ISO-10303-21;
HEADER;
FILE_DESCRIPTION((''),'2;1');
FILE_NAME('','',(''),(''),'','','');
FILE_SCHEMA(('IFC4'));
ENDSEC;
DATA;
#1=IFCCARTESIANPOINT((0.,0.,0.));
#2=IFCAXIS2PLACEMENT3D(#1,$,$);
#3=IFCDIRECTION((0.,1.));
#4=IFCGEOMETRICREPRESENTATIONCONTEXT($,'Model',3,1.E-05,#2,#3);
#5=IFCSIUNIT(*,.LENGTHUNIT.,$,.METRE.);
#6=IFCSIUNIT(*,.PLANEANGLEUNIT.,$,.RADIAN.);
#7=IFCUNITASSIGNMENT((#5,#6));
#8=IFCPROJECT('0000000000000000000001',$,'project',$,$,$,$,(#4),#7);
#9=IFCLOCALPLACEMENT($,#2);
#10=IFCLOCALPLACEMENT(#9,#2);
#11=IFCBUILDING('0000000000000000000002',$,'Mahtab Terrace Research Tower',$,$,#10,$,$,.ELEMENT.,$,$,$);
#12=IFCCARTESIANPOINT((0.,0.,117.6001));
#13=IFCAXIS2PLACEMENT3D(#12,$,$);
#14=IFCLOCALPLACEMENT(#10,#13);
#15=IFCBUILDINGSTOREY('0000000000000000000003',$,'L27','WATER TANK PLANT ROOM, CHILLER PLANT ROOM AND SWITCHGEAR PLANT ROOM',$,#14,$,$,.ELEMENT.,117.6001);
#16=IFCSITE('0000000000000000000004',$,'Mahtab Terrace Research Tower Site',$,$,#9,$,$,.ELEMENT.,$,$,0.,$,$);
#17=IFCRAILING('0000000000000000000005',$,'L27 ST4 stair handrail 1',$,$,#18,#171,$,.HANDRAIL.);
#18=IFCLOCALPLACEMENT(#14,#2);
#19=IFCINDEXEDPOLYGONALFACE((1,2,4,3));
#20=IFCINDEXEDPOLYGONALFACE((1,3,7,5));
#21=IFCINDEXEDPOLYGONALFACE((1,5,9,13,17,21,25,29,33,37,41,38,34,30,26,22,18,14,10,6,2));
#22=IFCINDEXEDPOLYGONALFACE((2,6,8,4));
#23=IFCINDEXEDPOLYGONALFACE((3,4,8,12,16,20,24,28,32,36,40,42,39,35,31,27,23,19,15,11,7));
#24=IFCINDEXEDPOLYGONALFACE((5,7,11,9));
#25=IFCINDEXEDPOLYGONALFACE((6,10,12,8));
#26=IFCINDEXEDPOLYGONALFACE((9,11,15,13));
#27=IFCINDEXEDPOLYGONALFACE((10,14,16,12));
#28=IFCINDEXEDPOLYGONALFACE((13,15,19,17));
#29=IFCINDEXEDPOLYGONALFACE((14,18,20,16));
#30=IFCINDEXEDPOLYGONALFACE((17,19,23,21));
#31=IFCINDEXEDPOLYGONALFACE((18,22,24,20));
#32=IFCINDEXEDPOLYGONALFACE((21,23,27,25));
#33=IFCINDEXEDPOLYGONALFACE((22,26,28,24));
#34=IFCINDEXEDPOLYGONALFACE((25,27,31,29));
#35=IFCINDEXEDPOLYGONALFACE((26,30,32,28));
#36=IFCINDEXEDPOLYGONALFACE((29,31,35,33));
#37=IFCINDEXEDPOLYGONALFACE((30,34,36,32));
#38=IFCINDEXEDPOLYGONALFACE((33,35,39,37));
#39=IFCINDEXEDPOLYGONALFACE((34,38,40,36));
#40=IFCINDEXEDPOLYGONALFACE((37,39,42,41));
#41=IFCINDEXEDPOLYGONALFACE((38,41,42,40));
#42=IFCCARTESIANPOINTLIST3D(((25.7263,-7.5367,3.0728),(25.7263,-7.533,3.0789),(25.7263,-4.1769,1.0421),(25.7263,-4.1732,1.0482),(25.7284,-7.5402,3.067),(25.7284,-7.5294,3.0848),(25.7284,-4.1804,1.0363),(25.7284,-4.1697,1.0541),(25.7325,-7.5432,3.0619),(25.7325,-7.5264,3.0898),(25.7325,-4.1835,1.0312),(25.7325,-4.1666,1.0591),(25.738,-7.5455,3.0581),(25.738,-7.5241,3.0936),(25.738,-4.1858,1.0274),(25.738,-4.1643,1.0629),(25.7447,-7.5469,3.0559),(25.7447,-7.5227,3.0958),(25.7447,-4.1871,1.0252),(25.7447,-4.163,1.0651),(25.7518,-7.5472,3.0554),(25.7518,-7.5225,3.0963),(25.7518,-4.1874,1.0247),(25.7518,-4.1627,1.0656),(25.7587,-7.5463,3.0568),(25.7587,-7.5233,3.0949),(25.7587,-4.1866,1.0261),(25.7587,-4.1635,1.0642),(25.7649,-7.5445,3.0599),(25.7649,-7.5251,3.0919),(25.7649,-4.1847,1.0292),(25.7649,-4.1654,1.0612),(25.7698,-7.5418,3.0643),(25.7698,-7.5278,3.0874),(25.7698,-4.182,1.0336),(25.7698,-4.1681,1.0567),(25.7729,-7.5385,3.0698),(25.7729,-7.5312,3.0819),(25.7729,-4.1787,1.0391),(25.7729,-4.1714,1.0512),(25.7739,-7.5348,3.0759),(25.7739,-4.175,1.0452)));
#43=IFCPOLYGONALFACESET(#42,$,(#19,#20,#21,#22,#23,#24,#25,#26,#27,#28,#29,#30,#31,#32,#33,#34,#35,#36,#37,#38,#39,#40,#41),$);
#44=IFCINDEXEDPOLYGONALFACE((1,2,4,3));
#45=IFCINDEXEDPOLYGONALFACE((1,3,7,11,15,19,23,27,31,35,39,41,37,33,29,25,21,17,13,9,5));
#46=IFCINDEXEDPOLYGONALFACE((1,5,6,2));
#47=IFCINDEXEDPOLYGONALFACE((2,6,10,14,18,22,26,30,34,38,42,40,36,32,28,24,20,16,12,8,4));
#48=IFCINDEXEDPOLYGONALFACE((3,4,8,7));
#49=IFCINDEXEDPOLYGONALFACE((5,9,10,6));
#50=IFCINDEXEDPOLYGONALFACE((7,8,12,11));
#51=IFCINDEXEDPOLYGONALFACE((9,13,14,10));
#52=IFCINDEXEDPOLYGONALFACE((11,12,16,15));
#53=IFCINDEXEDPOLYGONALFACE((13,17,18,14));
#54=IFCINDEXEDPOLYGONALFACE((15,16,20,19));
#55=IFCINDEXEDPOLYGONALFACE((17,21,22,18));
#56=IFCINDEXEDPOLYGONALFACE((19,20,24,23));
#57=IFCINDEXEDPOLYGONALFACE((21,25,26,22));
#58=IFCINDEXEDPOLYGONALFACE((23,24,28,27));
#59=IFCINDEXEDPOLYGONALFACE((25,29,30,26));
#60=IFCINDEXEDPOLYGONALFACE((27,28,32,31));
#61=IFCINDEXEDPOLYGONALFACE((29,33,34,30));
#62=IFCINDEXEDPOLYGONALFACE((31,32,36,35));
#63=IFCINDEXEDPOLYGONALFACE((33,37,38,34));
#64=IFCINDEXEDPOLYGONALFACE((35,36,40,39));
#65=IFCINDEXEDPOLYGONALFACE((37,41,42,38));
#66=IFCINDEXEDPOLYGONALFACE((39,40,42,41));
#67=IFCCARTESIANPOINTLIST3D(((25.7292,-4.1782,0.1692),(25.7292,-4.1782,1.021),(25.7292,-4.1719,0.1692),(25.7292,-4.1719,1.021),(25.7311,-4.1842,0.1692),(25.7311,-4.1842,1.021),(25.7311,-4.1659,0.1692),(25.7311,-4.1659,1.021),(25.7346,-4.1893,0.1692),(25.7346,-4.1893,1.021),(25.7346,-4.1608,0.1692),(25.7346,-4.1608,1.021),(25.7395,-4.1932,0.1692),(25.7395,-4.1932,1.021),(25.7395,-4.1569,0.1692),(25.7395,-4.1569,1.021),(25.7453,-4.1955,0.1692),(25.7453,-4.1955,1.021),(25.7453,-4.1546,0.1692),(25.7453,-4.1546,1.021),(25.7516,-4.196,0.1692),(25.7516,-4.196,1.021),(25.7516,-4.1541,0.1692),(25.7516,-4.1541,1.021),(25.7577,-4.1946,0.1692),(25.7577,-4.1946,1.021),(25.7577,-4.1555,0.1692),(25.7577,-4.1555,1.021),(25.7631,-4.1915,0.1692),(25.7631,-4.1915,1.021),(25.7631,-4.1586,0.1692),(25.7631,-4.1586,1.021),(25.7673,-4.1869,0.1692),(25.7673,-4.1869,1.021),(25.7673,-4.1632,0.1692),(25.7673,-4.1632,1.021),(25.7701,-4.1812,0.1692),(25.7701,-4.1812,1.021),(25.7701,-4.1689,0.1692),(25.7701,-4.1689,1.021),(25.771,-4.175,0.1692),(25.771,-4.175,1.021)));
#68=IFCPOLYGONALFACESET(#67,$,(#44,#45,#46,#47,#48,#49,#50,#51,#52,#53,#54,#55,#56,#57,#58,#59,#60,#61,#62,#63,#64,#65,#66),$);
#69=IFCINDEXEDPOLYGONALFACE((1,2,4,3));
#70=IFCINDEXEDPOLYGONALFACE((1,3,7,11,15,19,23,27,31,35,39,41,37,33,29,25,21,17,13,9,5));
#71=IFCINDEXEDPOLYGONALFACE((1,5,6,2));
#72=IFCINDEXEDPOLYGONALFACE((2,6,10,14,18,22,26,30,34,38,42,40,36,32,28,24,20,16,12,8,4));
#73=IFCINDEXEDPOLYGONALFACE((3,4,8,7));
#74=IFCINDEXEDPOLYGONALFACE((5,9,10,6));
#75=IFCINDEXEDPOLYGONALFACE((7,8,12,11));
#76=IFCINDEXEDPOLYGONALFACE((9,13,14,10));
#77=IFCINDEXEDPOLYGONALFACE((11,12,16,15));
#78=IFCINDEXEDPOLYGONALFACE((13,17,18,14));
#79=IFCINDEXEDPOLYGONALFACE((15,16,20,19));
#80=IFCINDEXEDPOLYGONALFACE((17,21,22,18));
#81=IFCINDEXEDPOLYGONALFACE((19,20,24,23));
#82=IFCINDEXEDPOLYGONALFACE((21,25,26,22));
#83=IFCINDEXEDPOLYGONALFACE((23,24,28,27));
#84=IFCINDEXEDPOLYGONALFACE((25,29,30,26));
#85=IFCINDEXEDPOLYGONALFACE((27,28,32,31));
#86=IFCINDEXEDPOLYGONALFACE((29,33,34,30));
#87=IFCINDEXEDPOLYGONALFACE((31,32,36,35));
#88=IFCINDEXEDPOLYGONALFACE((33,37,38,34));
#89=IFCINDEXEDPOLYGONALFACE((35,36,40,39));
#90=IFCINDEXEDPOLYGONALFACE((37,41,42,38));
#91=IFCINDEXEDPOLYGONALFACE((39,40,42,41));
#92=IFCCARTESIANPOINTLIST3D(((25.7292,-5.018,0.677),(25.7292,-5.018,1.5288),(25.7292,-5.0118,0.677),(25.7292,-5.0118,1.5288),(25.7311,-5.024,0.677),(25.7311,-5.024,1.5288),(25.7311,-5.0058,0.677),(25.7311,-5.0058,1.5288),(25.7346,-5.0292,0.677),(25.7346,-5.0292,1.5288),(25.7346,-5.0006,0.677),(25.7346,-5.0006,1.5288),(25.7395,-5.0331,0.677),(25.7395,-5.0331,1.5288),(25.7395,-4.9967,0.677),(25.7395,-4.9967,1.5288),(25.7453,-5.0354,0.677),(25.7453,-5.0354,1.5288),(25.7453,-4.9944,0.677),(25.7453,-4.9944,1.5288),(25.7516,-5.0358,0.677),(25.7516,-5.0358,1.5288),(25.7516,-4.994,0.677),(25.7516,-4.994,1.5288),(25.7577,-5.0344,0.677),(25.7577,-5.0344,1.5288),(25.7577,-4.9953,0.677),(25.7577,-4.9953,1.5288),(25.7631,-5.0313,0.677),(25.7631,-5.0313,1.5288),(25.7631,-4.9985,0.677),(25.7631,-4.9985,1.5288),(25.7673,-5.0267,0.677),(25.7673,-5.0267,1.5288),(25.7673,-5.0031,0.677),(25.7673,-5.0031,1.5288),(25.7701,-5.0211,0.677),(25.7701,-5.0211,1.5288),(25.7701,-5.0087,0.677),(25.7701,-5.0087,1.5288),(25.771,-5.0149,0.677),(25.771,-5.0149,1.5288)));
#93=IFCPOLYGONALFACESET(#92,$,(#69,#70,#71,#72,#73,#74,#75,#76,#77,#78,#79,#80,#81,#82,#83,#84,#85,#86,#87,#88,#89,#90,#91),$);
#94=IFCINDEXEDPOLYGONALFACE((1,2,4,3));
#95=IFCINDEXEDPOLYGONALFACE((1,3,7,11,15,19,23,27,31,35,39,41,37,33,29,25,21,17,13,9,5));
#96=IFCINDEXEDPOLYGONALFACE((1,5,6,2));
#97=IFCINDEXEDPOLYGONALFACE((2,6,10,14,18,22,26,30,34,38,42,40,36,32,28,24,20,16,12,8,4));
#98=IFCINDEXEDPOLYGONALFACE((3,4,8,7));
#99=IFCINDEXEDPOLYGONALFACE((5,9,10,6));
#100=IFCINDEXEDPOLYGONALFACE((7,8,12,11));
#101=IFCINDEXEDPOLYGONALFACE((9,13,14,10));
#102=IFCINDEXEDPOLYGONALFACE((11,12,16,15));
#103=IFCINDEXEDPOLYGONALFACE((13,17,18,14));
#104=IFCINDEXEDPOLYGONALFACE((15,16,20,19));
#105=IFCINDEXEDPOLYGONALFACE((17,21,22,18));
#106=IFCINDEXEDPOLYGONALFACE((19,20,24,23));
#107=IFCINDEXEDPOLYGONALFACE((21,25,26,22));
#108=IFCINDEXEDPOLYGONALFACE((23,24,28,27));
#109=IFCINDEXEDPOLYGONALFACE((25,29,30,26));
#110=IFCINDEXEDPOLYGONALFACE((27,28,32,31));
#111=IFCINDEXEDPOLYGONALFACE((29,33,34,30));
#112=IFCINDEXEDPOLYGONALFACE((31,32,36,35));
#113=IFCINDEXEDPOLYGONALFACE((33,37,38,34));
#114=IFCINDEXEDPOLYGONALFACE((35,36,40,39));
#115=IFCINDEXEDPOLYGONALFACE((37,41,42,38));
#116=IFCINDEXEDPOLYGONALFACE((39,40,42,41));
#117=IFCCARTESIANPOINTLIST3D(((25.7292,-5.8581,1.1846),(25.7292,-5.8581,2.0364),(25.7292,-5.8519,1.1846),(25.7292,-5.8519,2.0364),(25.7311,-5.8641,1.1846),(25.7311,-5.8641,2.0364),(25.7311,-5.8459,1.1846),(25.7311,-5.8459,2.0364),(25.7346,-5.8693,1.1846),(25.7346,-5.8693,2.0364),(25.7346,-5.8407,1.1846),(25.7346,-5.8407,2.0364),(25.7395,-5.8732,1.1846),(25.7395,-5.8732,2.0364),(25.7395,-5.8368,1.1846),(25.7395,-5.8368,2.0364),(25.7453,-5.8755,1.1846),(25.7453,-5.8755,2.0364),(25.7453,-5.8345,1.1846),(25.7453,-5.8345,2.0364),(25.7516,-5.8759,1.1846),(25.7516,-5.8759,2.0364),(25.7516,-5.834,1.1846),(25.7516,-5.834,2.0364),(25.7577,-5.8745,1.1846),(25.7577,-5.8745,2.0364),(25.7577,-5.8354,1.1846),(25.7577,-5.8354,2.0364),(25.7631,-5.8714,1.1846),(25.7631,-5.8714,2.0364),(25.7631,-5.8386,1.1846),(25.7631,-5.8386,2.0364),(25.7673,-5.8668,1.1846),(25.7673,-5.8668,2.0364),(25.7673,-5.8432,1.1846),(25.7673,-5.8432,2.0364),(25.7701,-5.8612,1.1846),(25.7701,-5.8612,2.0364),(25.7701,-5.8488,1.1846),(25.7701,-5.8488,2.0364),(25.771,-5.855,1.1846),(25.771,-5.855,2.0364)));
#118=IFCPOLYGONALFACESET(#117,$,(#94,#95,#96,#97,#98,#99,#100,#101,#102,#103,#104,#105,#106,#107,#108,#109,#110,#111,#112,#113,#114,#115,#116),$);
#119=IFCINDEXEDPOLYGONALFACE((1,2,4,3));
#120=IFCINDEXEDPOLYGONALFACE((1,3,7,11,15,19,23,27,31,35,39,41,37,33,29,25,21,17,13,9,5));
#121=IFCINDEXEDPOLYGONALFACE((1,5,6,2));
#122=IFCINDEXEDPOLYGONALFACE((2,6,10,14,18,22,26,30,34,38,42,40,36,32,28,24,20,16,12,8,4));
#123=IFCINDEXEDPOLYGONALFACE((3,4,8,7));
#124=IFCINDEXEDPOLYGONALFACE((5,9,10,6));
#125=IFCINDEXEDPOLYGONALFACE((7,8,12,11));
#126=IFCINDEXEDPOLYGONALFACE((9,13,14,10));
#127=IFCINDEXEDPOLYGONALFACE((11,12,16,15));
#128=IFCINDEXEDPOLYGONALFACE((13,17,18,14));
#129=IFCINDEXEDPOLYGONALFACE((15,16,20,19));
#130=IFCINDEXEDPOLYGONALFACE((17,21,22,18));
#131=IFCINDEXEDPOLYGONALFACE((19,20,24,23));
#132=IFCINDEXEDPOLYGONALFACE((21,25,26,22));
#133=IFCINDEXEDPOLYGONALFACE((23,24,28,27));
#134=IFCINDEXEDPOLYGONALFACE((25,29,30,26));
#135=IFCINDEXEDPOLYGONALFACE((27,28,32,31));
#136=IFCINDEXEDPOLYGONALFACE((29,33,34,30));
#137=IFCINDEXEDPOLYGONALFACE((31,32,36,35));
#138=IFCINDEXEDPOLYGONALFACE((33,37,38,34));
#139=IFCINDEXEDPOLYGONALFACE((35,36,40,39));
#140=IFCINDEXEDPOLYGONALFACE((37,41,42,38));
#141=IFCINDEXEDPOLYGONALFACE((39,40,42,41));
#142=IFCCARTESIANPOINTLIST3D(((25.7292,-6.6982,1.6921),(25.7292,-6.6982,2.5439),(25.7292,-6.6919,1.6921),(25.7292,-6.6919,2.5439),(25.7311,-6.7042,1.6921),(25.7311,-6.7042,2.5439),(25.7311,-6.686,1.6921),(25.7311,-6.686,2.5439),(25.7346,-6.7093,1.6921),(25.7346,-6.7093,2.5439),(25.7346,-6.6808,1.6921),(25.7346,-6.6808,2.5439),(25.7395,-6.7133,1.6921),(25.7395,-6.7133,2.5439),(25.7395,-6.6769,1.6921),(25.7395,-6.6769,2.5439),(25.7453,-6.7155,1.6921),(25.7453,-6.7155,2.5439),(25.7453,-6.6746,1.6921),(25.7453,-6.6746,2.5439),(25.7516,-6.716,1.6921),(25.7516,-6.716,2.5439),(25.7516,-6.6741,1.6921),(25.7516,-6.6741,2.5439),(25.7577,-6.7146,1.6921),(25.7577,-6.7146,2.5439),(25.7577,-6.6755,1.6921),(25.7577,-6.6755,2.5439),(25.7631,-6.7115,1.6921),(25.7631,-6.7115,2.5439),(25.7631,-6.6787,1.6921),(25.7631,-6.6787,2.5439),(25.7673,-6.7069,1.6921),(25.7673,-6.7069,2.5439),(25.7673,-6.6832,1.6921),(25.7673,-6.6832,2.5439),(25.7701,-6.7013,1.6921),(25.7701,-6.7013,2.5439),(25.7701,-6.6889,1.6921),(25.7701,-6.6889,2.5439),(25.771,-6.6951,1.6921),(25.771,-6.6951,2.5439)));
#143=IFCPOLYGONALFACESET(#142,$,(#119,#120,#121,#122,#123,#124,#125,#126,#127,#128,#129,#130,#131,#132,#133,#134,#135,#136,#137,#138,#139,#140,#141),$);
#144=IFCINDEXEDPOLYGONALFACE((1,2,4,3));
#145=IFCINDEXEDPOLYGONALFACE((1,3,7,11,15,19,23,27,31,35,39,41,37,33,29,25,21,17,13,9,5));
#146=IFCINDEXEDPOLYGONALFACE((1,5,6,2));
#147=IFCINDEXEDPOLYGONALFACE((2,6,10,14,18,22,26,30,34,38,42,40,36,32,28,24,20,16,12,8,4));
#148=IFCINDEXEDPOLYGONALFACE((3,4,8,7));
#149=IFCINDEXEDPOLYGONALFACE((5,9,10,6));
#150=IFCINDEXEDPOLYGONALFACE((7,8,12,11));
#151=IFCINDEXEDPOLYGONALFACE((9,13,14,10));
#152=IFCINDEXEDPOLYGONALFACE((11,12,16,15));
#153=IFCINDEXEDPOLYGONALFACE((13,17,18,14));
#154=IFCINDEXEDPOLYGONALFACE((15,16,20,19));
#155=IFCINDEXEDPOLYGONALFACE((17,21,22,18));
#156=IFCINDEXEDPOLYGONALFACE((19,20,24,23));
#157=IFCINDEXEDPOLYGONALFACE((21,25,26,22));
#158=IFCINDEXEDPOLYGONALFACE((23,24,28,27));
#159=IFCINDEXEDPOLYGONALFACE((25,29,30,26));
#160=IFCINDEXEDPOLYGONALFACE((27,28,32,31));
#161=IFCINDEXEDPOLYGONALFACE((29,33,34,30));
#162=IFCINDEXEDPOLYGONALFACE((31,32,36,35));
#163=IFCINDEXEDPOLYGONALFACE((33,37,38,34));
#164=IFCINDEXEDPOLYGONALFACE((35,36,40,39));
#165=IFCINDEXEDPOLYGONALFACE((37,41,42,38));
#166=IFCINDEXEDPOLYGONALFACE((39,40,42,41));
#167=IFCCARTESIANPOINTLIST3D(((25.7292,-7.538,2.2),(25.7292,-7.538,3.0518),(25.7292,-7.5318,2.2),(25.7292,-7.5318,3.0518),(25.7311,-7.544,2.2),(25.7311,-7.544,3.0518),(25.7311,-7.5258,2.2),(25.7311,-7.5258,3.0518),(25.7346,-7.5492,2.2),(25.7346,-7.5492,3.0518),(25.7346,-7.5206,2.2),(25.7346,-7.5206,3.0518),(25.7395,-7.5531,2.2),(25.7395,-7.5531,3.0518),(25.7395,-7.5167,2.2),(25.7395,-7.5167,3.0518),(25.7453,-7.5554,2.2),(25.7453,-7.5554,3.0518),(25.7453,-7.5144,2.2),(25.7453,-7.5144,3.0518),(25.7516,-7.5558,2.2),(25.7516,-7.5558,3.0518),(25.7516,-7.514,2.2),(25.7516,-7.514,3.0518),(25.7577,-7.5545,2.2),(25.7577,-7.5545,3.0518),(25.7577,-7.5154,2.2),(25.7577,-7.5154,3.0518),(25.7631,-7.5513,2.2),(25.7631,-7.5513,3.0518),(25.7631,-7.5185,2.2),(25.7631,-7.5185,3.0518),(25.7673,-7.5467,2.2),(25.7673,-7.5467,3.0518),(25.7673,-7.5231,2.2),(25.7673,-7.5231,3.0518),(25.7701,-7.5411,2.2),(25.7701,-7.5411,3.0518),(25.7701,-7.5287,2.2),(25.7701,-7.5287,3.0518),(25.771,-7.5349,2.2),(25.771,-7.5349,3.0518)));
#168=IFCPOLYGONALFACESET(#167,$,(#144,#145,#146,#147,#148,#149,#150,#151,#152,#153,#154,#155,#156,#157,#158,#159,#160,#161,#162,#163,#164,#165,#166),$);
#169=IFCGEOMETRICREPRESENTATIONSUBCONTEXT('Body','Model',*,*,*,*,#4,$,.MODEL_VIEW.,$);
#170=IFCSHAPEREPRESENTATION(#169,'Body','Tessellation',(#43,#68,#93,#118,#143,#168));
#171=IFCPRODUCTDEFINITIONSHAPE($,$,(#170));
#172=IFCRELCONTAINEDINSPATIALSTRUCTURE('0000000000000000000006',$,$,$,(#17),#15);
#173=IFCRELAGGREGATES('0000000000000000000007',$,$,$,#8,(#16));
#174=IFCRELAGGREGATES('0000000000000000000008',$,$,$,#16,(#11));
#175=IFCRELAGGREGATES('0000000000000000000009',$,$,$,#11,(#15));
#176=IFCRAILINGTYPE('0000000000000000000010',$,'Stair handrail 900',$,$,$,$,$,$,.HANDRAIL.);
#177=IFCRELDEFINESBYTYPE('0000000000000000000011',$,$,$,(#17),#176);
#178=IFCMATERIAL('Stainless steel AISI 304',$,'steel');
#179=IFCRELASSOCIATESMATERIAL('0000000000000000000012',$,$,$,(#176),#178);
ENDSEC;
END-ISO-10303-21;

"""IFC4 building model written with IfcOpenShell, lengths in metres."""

from ifc_helpers import new_model, si_unit, direction, frame, origin, origin_2d, place, context, subcontext, project, spatial, circle, extrude, material, type_object, element, save


model = new_model("IFC4")

# Units and contexts
model_context = context("Model", 3, precision=1e-05, world=origin(), true_north=direction((0.0, 1.0)))
body_context = subcontext(model_context, "Body", "Model", "MODEL_VIEW")
ifc_project = project(units=[si_unit("LENGTHUNIT", "METRE"), si_unit("PLANEANGLEUNIT", "RADIAN")], contexts=[model_context])

# Site, building, storey
site_placement = place(None, origin())
site = spatial("IfcSite", under=ifc_project, at=site_placement, Name="Mahtab Terrace Research Tower Site", CompositionType="ELEMENT", RefElevation=0.0)
building_placement = place(site_placement, origin())
building = spatial("IfcBuilding", under=site, at=building_placement, Name="Mahtab Terrace Research Tower", CompositionType="ELEMENT")
storey_placement = place(building_placement, frame((0.0, 0.0, 117.6001)))
storey = spatial("IfcBuildingStorey", under=building, at=storey_placement, Name="L27", Description="WATER TANK PLANT ROOM, CHILLER PLANT ROOM AND SWITCHGEAR PLANT ROOM", CompositionType="ELEMENT", Elevation=117.6001)

# Railing
ifc_material_1 = material(Name="Stainless steel AISI 304", Category="steel")
railing_type_1 = type_object("IfcRailingType", Name="Stair handrail 900", PredefinedType="HANDRAIL", material=ifc_material_1)
railing_1_placement = place(storey_placement, frame((25.75, -4.175, 0.1692)))
element("IfcRailing", 1, at=railing_1_placement, inside=storey, type_object=railing_type_1, Name="L27 ST4 stair handrail 1", PredefinedType="HANDRAIL", context=body_context, shape_type="SweptSolid", body=[
    extrude(circle(Radius=0.0239, at=origin_2d()), frame((0.0, 0.0, 0.876), z_axis=(0.0, -0.85582, 0.517273), x_axis=(1.0, 0.0, 0.0)), (0.0, 0.0, 1.0), 3.9258),
    extrude(circle(Radius=0.021, at=origin_2d()), origin(), (0.0, 0.0, 1.0), 0.8518),
    extrude(circle(Radius=0.021, at=origin_2d()), frame((0.0, -0.8398, 0.5078)), (0.0, 0.0, 1.0), 0.8518),
    extrude(circle(Radius=0.021, at=origin_2d()), frame((0.0, -1.6799, 1.0154)), (0.0, 0.0, 1.0), 0.8518),
    extrude(circle(Radius=0.021, at=origin_2d()), frame((0.0, -2.52, 1.5229)), (0.0, 0.0, 1.0), 0.8518),
    extrude(circle(Radius=0.021, at=origin_2d()), frame((0.0, -3.3599, 2.0308)), (0.0, 0.0, 1.0), 0.8518),
])

save(model, "model.ifc")
